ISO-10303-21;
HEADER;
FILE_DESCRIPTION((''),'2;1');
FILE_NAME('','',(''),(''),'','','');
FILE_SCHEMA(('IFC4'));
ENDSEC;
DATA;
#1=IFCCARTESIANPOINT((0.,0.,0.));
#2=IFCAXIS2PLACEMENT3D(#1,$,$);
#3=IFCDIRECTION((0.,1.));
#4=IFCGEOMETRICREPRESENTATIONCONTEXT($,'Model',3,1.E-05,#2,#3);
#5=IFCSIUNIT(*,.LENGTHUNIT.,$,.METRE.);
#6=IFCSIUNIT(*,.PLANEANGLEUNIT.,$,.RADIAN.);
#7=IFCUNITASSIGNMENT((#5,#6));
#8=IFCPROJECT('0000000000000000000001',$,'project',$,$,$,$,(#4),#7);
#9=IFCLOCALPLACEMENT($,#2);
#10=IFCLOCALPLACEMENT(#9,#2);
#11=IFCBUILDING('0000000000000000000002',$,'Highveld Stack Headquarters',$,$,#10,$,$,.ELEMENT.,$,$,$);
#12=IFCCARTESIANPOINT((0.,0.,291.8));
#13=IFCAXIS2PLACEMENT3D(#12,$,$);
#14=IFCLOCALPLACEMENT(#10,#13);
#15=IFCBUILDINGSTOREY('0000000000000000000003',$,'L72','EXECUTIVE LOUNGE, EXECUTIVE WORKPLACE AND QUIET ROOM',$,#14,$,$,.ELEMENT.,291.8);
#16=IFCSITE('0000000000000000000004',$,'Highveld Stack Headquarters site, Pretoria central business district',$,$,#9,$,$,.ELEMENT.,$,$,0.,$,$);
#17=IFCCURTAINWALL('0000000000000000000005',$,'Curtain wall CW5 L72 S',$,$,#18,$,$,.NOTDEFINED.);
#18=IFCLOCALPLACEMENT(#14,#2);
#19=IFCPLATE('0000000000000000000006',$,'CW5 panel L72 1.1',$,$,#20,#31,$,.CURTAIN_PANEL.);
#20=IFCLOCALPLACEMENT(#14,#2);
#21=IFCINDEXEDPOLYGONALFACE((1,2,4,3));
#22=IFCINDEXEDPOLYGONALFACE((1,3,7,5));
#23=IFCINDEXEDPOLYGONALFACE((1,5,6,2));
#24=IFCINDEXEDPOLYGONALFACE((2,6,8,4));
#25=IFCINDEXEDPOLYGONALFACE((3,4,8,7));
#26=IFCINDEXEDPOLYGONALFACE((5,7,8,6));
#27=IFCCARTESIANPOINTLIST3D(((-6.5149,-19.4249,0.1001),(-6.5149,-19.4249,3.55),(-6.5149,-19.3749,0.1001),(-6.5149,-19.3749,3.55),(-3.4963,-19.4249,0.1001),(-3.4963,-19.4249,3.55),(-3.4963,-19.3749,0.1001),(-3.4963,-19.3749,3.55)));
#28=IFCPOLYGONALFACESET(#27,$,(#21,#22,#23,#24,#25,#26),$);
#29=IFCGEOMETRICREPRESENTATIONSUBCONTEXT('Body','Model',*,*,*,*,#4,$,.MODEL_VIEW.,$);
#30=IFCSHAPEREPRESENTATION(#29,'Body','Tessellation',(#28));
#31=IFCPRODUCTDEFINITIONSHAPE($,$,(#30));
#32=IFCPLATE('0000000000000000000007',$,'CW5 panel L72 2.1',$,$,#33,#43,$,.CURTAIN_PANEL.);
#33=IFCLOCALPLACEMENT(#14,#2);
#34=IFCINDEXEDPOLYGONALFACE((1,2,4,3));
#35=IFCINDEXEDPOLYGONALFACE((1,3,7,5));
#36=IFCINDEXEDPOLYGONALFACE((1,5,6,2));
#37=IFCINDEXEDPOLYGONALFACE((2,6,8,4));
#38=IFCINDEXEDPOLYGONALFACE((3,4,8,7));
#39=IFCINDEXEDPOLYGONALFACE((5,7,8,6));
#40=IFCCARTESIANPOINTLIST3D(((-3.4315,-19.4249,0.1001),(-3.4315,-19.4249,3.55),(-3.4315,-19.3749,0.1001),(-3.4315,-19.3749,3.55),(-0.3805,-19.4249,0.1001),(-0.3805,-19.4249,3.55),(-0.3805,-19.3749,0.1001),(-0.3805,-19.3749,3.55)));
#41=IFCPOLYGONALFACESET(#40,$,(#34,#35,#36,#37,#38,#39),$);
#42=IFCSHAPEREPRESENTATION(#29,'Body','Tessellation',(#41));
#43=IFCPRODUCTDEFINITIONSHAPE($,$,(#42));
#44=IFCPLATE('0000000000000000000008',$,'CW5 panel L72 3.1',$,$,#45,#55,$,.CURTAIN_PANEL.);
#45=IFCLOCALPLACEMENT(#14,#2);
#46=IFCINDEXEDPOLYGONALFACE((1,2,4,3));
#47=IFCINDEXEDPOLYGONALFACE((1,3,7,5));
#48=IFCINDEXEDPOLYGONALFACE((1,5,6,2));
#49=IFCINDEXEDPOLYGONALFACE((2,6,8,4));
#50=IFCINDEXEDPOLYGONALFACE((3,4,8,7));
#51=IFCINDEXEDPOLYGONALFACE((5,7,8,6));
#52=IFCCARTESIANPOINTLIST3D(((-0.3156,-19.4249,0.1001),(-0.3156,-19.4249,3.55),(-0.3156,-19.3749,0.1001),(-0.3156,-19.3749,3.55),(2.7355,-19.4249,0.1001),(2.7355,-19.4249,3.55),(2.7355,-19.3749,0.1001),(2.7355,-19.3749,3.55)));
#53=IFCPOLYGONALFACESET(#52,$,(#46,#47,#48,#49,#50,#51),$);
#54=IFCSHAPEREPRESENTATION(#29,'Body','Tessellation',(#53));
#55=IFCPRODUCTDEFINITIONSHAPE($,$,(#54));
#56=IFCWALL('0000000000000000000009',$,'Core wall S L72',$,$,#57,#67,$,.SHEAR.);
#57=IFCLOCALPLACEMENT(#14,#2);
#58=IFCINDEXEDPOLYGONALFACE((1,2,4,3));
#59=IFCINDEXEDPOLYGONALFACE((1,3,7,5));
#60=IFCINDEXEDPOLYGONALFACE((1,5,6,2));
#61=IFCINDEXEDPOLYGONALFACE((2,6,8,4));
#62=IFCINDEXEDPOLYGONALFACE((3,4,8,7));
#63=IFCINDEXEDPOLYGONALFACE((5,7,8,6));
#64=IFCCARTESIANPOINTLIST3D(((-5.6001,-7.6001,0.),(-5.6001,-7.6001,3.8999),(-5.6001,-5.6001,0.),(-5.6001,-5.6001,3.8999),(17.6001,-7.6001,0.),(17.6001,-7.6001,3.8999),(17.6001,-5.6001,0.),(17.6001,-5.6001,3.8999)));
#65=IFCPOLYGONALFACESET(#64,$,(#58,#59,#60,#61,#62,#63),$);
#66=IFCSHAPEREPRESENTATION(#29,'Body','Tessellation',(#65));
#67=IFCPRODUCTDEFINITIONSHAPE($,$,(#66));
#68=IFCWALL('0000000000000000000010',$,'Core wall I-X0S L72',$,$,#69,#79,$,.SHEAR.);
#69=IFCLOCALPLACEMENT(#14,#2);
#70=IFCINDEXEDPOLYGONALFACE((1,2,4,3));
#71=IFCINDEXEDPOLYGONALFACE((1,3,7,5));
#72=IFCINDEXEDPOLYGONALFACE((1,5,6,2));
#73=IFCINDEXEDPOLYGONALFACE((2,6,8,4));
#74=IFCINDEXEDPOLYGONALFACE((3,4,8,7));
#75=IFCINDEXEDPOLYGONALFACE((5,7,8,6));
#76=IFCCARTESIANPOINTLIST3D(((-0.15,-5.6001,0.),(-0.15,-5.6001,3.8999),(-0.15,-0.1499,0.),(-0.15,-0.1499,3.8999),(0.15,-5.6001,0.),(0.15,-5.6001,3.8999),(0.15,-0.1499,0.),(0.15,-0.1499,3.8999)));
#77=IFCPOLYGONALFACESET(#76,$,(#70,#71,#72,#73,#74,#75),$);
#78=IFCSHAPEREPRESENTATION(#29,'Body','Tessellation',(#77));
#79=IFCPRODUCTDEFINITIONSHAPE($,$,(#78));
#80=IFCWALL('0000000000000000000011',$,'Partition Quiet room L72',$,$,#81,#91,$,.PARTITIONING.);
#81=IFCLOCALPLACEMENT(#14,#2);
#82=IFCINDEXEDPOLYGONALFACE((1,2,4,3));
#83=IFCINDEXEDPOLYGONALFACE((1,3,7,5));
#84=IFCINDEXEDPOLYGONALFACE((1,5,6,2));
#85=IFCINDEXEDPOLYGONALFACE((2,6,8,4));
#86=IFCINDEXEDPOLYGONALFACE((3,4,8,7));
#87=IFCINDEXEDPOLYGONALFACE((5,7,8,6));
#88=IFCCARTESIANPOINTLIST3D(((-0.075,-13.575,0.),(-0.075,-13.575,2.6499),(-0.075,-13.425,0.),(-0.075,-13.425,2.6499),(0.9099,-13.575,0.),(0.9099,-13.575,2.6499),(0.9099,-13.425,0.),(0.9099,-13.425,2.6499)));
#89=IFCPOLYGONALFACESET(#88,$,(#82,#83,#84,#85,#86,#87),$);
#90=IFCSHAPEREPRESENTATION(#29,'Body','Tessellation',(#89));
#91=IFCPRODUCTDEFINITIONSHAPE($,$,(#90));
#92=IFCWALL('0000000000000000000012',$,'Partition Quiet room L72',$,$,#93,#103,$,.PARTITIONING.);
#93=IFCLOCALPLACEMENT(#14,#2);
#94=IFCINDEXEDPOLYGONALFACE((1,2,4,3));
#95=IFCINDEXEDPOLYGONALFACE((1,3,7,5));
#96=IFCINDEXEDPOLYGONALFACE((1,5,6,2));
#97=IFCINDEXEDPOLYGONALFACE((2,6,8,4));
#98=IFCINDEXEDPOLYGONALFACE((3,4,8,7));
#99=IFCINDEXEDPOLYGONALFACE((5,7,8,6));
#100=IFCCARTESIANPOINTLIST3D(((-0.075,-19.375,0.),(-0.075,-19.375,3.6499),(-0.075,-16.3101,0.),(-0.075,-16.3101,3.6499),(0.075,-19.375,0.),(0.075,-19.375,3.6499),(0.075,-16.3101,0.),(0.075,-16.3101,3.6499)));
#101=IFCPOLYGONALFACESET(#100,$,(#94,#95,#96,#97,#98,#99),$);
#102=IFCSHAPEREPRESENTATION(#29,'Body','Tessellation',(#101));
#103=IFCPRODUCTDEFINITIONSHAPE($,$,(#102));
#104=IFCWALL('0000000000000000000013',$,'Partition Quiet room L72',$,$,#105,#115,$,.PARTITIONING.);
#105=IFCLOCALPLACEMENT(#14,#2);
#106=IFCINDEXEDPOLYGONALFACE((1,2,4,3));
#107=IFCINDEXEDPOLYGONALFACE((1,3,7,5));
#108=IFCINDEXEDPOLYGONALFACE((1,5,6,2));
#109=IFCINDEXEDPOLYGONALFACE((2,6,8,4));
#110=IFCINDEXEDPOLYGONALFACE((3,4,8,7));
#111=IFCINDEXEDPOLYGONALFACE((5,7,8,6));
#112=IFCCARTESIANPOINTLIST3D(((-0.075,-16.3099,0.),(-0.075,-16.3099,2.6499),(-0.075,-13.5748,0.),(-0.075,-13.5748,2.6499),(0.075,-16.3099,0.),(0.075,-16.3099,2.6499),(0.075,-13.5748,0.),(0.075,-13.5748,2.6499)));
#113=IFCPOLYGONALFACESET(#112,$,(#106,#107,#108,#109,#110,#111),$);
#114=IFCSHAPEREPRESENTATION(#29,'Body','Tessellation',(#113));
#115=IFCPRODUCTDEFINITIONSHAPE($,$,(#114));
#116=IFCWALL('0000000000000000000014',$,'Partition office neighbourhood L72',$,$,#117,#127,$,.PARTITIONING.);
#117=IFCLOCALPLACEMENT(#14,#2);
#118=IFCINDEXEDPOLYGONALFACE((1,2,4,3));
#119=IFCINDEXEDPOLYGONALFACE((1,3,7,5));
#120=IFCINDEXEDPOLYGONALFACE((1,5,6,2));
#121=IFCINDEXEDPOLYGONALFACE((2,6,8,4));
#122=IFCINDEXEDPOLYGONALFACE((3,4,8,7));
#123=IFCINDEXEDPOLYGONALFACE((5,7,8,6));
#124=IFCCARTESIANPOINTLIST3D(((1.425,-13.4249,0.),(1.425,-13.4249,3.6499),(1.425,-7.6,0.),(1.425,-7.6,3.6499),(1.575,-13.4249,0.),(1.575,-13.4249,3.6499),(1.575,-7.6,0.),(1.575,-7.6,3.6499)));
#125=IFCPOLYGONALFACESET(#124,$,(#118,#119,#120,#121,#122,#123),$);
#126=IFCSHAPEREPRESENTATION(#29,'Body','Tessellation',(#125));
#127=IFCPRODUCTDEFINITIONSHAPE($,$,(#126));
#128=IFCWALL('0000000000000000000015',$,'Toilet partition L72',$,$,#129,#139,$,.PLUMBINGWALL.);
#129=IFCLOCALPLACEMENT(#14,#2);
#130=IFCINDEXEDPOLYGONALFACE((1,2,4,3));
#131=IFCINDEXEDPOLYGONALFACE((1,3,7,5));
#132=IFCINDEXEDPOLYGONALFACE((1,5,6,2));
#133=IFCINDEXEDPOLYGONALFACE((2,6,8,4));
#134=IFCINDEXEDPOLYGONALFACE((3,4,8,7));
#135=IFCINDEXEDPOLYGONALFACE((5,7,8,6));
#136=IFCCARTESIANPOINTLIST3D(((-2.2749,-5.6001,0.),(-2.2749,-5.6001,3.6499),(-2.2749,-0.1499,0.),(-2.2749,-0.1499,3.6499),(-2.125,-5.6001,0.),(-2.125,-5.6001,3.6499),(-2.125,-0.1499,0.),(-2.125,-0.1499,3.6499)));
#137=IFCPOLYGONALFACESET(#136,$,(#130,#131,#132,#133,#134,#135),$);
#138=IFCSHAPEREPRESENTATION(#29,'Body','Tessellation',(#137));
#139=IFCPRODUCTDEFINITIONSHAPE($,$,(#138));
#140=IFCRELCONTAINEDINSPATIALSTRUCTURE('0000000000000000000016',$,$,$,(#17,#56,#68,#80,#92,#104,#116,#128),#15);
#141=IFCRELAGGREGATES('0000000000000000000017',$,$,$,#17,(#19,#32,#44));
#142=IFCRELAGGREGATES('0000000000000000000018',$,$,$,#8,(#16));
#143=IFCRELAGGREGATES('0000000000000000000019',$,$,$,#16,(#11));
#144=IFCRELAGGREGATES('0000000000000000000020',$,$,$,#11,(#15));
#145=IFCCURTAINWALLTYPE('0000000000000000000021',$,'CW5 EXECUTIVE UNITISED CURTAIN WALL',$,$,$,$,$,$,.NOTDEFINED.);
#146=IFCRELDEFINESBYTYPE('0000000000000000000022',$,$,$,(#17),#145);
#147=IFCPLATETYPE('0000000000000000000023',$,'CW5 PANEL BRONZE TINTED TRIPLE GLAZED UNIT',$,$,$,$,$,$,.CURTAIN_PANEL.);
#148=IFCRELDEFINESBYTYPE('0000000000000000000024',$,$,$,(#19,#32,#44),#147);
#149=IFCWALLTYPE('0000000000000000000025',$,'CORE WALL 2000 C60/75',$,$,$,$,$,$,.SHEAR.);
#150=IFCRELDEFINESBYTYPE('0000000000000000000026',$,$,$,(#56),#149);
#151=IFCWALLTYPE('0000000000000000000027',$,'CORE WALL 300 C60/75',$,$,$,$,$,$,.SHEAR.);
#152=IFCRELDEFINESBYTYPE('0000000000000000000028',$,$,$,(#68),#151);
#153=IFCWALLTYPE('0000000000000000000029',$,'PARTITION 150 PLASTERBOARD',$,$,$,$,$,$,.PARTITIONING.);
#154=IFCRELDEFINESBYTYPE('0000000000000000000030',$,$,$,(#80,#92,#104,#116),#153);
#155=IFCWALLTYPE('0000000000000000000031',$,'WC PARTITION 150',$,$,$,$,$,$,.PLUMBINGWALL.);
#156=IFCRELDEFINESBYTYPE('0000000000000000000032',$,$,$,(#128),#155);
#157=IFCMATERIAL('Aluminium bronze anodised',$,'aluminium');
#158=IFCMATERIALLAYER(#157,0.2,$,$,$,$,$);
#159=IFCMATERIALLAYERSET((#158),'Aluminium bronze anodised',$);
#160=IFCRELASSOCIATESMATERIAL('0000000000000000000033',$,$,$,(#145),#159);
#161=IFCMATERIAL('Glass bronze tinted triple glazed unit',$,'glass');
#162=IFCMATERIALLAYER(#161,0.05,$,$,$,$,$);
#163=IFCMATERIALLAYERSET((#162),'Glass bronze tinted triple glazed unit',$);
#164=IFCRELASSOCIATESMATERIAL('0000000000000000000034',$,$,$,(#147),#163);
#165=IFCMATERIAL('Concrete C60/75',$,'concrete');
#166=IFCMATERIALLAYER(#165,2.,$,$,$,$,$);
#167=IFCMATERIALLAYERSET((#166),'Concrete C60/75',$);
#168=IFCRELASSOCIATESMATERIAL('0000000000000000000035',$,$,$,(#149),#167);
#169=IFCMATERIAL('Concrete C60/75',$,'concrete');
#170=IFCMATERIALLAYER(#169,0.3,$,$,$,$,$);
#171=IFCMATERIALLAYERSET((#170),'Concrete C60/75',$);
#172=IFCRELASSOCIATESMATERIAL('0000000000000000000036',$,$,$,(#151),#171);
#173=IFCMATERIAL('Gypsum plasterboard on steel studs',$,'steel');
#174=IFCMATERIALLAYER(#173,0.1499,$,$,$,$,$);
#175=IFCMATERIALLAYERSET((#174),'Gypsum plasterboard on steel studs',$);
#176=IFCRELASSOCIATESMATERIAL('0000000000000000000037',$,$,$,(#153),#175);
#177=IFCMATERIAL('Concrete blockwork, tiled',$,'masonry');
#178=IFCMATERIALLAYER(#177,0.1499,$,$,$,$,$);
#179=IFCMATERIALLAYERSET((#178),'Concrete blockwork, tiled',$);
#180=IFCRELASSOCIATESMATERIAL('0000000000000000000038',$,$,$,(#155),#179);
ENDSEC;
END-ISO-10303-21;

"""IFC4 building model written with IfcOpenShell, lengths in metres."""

from ifc_helpers import new_model, si_unit, direction, frame, frame_2d, origin, origin_2d, place, context, subcontext, project, spatial, rectangle, extrude, material, layer, layer_set, type_object, element, aggregate, save


model = new_model("IFC4")

# Units and contexts
model_context = context("Model", 3, precision=1e-05, world=origin(), true_north=direction((0.0, 1.0)))
body_context = subcontext(model_context, "Body", "Model", "MODEL_VIEW")
ifc_project = project(units=[si_unit("LENGTHUNIT", "METRE"), si_unit("PLANEANGLEUNIT", "RADIAN")], contexts=[model_context])

# Site, building, storey
site_placement = place(None, origin())
site = spatial("IfcSite", under=ifc_project, at=site_placement, Name="Highveld Stack Headquarters site, Pretoria central business district", CompositionType="ELEMENT", RefElevation=0.0)
building_placement = place(site_placement, origin())
building = spatial("IfcBuilding", under=site, at=building_placement, Name="Highveld Stack Headquarters", CompositionType="ELEMENT")
storey_placement = place(building_placement, frame((0.0, 0.0, 291.8)))
storey = spatial("IfcBuildingStorey", under=building, at=storey_placement, Name="L72", Description="EXECUTIVE LOUNGE, EXECUTIVE WORKPLACE AND QUIET ROOM", CompositionType="ELEMENT", Elevation=291.8)

# Curtain wall
ifc_material_1 = material(Name="Aluminium bronze anodised", Category="aluminium")
ifc_layer_1 = layer(ifc_material_1, 0.2)
ifc_layer_set_1 = layer_set([ifc_layer_1], Name="Aluminium bronze anodised")
curtain_wall_type = type_object("IfcCurtainWallType", Name="CW5 EXECUTIVE UNITISED CURTAIN WALL", PredefinedType="NOTDEFINED", material=ifc_layer_set_1)
curtain_wall_placement = place(storey_placement, origin())
curtain_wall = element("IfcCurtainWall", 1, at=curtain_wall_placement, inside=storey, type_object=curtain_wall_type, Name="Curtain wall CW5 L72 S", PredefinedType="NOTDEFINED")

# Plates
ifc_material_2 = material(Name="Glass bronze tinted triple glazed unit", Category="glass")
ifc_layer_2 = layer(ifc_material_2, 0.05)
ifc_layer_set_2 = layer_set([ifc_layer_2], Name="Glass bronze tinted triple glazed unit")
plate_type = type_object("IfcPlateType", Name="CW5 PANEL BRONZE TINTED TRIPLE GLAZED UNIT", PredefinedType="CURTAIN_PANEL", material=ifc_layer_set_2)
plate_1_placement = place(storey_placement, frame((-5.0056, -19.3999, 0.1001), z_axis=(0.0, 0.0, 1.0), x_axis=(1.0, 0.0, 0.0)))
plate_1 = element("IfcPlate", 2, at=plate_1_placement, type_object=plate_type, Name="CW5 panel L72 1.1", PredefinedType="CURTAIN_PANEL", context=body_context, shape_type="SweptSolid", body=[
    extrude(rectangle(XDim=3.0186, YDim=0.05, at=origin_2d()), origin(), (0.0, 0.0, 1.0), 3.45),
])
plate_2_placement = place(storey_placement, frame((-1.906, -19.3999, 0.1001), z_axis=(0.0, 0.0, 1.0), x_axis=(1.0, 0.0, 0.0)))
plate_2 = element("IfcPlate", 3, at=plate_2_placement, type_object=plate_type, Name="CW5 panel L72 2.1", PredefinedType="CURTAIN_PANEL", context=body_context, shape_type="SweptSolid", body=[
    extrude(rectangle(XDim=3.051, YDim=0.05, at=origin_2d()), origin(), (0.0, 0.0, 1.0), 3.45),
])
plate_3_placement = place(storey_placement, frame((1.21, -19.3999, 0.1001), z_axis=(0.0, 0.0, 1.0), x_axis=(1.0, 0.0, 0.0)))
plate_3 = element("IfcPlate", 4, at=plate_3_placement, type_object=plate_type, Name="CW5 panel L72 3.1", PredefinedType="CURTAIN_PANEL", context=body_context, shape_type="SweptSolid", body=[
    extrude(rectangle(XDim=3.051, YDim=0.05, at=origin_2d()), origin(), (0.0, 0.0, 1.0), 3.45),
])
aggregate(curtain_wall, [plate_1, plate_2, plate_3])

# Walls
ifc_material_3 = material(Name="Concrete C60/75", Category="concrete")
ifc_layer_3 = layer(ifc_material_3, 2.0)
ifc_layer_set_3 = layer_set([ifc_layer_3], Name="Concrete C60/75")
wall_type_1 = type_object("IfcWallType", Name="CORE WALL 2000 C60/75", PredefinedType="SHEAR", material=ifc_layer_set_3)
wall_1_placement = place(storey_placement, frame((-5.6001, -6.6001, 0.0), z_axis=(0.0, 0.0, 1.0), x_axis=(1.0, 0.0, 0.0)))
element("IfcWall", 5, at=wall_1_placement, inside=storey, type_object=wall_type_1, Name="Core wall S L72", PredefinedType="SHEAR", context=body_context, shape_type="SweptSolid", body=[
    extrude(rectangle(XDim=23.2002, YDim=2.0, at=frame_2d((11.6001, 0.0))), origin(), (0.0, 0.0, 1.0), 3.8999),
])
ifc_material_4 = material(Name="Concrete C60/75", Category="concrete")
ifc_layer_4 = layer(ifc_material_4, 0.3)
ifc_layer_set_4 = layer_set([ifc_layer_4], Name="Concrete C60/75")
wall_type_2 = type_object("IfcWallType", Name="CORE WALL 300 C60/75", PredefinedType="SHEAR", material=ifc_layer_set_4)
wall_2_placement = place(storey_placement, frame((0.0, -5.6001, 0.0), z_axis=(0.0, 0.0, 1.0), x_axis=(0.0, 1.0, 0.0)))
element("IfcWall", 6, at=wall_2_placement, inside=storey, type_object=wall_type_2, Name="Core wall I-X0S L72", PredefinedType="SHEAR", context=body_context, shape_type="SweptSolid", body=[
    extrude(rectangle(XDim=5.4502, YDim=0.3, at=frame_2d((2.7251, 0.0))), origin(), (0.0, 0.0, 1.0), 3.8999),
])
ifc_material_5 = material(Name="Gypsum plasterboard on steel studs", Category="steel")
ifc_layer_5 = layer(ifc_material_5, 0.1499)
ifc_layer_set_5 = layer_set([ifc_layer_5], Name="Gypsum plasterboard on steel studs")
wall_type_3 = type_object("IfcWallType", Name="PARTITION 150 PLASTERBOARD", PredefinedType="PARTITIONING", material=ifc_layer_set_5)
wall_3_placement = place(storey_placement, frame((-0.075, -13.5, 0.0), z_axis=(0.0, 0.0, 1.0), x_axis=(1.0, 0.0, 0.0)))
element("IfcWall", 7, at=wall_3_placement, inside=storey, type_object=wall_type_3, Name="Partition Quiet room L72", PredefinedType="PARTITIONING", context=body_context, shape_type="SweptSolid", body=[
    extrude(rectangle(XDim=0.9849, YDim=0.1499, at=frame_2d((0.4924, 0.0))), origin(), (0.0, 0.0, 1.0), 2.6499),
])

# Walls
wall_4_placement = place(storey_placement, frame((0.0, -19.375, 0.0), z_axis=(0.0, 0.0, 1.0), x_axis=(0.0, 1.0, 0.0)))
element("IfcWall", 8, at=wall_4_placement, inside=storey, type_object=wall_type_3, Name="Partition Quiet room L72", PredefinedType="PARTITIONING", context=body_context, shape_type="SweptSolid", body=[
    extrude(rectangle(XDim=3.0649, YDim=0.1499, at=frame_2d((1.5325, 0.0))), origin(), (0.0, 0.0, 1.0), 3.6499),
])
wall_5_placement = place(storey_placement, frame((0.0, -16.3101, 0.0), z_axis=(0.0, 0.0, 1.0), x_axis=(0.0, 1.0, 0.0)))
element("IfcWall", 9, at=wall_5_placement, inside=storey, type_object=wall_type_3, Name="Partition Quiet room L72", PredefinedType="PARTITIONING", context=body_context, shape_type="SweptSolid", body=[
    extrude(rectangle(XDim=2.7351, YDim=0.1499, at=frame_2d((1.3677, 0.0))), origin(), (0.0, 0.0, 1.0), 2.6499),
])
wall_6_placement = place(storey_placement, frame((1.5, -13.425, 0.0), z_axis=(0.0, 0.0, 1.0), x_axis=(0.0, 1.0, 0.0)))
element("IfcWall", 10, at=wall_6_placement, inside=storey, type_object=wall_type_3, Name="Partition office neighbourhood L72", PredefinedType="PARTITIONING", context=body_context, shape_type="SweptSolid", body=[
    extrude(rectangle(XDim=5.825, YDim=0.1499, at=frame_2d((2.9126, 0.0))), origin(), (0.0, 0.0, 1.0), 3.6499),
])
ifc_material_6 = material(Name="Concrete blockwork, tiled", Category="masonry")
ifc_layer_6 = layer(ifc_material_6, 0.1499)
ifc_layer_set_6 = layer_set([ifc_layer_6], Name="Concrete blockwork, tiled")
wall_type_4 = type_object("IfcWallType", Name="WC PARTITION 150", PredefinedType="PLUMBINGWALL", material=ifc_layer_set_6)
wall_7_placement = place(storey_placement, frame((-2.2, -5.6001, 0.0), z_axis=(0.0, 0.0, 1.0), x_axis=(0.0, 1.0, 0.0)))
element("IfcWall", 11, at=wall_7_placement, inside=storey, type_object=wall_type_4, Name="Toilet partition L72", PredefinedType="PLUMBINGWALL", context=body_context, shape_type="SweptSolid", body=[
    extrude(rectangle(XDim=5.4502, YDim=0.1499, at=frame_2d((2.7251, 0.0))), origin(), (0.0, 0.0, 1.0), 3.6499),
])

save(model, "model.ifc")
